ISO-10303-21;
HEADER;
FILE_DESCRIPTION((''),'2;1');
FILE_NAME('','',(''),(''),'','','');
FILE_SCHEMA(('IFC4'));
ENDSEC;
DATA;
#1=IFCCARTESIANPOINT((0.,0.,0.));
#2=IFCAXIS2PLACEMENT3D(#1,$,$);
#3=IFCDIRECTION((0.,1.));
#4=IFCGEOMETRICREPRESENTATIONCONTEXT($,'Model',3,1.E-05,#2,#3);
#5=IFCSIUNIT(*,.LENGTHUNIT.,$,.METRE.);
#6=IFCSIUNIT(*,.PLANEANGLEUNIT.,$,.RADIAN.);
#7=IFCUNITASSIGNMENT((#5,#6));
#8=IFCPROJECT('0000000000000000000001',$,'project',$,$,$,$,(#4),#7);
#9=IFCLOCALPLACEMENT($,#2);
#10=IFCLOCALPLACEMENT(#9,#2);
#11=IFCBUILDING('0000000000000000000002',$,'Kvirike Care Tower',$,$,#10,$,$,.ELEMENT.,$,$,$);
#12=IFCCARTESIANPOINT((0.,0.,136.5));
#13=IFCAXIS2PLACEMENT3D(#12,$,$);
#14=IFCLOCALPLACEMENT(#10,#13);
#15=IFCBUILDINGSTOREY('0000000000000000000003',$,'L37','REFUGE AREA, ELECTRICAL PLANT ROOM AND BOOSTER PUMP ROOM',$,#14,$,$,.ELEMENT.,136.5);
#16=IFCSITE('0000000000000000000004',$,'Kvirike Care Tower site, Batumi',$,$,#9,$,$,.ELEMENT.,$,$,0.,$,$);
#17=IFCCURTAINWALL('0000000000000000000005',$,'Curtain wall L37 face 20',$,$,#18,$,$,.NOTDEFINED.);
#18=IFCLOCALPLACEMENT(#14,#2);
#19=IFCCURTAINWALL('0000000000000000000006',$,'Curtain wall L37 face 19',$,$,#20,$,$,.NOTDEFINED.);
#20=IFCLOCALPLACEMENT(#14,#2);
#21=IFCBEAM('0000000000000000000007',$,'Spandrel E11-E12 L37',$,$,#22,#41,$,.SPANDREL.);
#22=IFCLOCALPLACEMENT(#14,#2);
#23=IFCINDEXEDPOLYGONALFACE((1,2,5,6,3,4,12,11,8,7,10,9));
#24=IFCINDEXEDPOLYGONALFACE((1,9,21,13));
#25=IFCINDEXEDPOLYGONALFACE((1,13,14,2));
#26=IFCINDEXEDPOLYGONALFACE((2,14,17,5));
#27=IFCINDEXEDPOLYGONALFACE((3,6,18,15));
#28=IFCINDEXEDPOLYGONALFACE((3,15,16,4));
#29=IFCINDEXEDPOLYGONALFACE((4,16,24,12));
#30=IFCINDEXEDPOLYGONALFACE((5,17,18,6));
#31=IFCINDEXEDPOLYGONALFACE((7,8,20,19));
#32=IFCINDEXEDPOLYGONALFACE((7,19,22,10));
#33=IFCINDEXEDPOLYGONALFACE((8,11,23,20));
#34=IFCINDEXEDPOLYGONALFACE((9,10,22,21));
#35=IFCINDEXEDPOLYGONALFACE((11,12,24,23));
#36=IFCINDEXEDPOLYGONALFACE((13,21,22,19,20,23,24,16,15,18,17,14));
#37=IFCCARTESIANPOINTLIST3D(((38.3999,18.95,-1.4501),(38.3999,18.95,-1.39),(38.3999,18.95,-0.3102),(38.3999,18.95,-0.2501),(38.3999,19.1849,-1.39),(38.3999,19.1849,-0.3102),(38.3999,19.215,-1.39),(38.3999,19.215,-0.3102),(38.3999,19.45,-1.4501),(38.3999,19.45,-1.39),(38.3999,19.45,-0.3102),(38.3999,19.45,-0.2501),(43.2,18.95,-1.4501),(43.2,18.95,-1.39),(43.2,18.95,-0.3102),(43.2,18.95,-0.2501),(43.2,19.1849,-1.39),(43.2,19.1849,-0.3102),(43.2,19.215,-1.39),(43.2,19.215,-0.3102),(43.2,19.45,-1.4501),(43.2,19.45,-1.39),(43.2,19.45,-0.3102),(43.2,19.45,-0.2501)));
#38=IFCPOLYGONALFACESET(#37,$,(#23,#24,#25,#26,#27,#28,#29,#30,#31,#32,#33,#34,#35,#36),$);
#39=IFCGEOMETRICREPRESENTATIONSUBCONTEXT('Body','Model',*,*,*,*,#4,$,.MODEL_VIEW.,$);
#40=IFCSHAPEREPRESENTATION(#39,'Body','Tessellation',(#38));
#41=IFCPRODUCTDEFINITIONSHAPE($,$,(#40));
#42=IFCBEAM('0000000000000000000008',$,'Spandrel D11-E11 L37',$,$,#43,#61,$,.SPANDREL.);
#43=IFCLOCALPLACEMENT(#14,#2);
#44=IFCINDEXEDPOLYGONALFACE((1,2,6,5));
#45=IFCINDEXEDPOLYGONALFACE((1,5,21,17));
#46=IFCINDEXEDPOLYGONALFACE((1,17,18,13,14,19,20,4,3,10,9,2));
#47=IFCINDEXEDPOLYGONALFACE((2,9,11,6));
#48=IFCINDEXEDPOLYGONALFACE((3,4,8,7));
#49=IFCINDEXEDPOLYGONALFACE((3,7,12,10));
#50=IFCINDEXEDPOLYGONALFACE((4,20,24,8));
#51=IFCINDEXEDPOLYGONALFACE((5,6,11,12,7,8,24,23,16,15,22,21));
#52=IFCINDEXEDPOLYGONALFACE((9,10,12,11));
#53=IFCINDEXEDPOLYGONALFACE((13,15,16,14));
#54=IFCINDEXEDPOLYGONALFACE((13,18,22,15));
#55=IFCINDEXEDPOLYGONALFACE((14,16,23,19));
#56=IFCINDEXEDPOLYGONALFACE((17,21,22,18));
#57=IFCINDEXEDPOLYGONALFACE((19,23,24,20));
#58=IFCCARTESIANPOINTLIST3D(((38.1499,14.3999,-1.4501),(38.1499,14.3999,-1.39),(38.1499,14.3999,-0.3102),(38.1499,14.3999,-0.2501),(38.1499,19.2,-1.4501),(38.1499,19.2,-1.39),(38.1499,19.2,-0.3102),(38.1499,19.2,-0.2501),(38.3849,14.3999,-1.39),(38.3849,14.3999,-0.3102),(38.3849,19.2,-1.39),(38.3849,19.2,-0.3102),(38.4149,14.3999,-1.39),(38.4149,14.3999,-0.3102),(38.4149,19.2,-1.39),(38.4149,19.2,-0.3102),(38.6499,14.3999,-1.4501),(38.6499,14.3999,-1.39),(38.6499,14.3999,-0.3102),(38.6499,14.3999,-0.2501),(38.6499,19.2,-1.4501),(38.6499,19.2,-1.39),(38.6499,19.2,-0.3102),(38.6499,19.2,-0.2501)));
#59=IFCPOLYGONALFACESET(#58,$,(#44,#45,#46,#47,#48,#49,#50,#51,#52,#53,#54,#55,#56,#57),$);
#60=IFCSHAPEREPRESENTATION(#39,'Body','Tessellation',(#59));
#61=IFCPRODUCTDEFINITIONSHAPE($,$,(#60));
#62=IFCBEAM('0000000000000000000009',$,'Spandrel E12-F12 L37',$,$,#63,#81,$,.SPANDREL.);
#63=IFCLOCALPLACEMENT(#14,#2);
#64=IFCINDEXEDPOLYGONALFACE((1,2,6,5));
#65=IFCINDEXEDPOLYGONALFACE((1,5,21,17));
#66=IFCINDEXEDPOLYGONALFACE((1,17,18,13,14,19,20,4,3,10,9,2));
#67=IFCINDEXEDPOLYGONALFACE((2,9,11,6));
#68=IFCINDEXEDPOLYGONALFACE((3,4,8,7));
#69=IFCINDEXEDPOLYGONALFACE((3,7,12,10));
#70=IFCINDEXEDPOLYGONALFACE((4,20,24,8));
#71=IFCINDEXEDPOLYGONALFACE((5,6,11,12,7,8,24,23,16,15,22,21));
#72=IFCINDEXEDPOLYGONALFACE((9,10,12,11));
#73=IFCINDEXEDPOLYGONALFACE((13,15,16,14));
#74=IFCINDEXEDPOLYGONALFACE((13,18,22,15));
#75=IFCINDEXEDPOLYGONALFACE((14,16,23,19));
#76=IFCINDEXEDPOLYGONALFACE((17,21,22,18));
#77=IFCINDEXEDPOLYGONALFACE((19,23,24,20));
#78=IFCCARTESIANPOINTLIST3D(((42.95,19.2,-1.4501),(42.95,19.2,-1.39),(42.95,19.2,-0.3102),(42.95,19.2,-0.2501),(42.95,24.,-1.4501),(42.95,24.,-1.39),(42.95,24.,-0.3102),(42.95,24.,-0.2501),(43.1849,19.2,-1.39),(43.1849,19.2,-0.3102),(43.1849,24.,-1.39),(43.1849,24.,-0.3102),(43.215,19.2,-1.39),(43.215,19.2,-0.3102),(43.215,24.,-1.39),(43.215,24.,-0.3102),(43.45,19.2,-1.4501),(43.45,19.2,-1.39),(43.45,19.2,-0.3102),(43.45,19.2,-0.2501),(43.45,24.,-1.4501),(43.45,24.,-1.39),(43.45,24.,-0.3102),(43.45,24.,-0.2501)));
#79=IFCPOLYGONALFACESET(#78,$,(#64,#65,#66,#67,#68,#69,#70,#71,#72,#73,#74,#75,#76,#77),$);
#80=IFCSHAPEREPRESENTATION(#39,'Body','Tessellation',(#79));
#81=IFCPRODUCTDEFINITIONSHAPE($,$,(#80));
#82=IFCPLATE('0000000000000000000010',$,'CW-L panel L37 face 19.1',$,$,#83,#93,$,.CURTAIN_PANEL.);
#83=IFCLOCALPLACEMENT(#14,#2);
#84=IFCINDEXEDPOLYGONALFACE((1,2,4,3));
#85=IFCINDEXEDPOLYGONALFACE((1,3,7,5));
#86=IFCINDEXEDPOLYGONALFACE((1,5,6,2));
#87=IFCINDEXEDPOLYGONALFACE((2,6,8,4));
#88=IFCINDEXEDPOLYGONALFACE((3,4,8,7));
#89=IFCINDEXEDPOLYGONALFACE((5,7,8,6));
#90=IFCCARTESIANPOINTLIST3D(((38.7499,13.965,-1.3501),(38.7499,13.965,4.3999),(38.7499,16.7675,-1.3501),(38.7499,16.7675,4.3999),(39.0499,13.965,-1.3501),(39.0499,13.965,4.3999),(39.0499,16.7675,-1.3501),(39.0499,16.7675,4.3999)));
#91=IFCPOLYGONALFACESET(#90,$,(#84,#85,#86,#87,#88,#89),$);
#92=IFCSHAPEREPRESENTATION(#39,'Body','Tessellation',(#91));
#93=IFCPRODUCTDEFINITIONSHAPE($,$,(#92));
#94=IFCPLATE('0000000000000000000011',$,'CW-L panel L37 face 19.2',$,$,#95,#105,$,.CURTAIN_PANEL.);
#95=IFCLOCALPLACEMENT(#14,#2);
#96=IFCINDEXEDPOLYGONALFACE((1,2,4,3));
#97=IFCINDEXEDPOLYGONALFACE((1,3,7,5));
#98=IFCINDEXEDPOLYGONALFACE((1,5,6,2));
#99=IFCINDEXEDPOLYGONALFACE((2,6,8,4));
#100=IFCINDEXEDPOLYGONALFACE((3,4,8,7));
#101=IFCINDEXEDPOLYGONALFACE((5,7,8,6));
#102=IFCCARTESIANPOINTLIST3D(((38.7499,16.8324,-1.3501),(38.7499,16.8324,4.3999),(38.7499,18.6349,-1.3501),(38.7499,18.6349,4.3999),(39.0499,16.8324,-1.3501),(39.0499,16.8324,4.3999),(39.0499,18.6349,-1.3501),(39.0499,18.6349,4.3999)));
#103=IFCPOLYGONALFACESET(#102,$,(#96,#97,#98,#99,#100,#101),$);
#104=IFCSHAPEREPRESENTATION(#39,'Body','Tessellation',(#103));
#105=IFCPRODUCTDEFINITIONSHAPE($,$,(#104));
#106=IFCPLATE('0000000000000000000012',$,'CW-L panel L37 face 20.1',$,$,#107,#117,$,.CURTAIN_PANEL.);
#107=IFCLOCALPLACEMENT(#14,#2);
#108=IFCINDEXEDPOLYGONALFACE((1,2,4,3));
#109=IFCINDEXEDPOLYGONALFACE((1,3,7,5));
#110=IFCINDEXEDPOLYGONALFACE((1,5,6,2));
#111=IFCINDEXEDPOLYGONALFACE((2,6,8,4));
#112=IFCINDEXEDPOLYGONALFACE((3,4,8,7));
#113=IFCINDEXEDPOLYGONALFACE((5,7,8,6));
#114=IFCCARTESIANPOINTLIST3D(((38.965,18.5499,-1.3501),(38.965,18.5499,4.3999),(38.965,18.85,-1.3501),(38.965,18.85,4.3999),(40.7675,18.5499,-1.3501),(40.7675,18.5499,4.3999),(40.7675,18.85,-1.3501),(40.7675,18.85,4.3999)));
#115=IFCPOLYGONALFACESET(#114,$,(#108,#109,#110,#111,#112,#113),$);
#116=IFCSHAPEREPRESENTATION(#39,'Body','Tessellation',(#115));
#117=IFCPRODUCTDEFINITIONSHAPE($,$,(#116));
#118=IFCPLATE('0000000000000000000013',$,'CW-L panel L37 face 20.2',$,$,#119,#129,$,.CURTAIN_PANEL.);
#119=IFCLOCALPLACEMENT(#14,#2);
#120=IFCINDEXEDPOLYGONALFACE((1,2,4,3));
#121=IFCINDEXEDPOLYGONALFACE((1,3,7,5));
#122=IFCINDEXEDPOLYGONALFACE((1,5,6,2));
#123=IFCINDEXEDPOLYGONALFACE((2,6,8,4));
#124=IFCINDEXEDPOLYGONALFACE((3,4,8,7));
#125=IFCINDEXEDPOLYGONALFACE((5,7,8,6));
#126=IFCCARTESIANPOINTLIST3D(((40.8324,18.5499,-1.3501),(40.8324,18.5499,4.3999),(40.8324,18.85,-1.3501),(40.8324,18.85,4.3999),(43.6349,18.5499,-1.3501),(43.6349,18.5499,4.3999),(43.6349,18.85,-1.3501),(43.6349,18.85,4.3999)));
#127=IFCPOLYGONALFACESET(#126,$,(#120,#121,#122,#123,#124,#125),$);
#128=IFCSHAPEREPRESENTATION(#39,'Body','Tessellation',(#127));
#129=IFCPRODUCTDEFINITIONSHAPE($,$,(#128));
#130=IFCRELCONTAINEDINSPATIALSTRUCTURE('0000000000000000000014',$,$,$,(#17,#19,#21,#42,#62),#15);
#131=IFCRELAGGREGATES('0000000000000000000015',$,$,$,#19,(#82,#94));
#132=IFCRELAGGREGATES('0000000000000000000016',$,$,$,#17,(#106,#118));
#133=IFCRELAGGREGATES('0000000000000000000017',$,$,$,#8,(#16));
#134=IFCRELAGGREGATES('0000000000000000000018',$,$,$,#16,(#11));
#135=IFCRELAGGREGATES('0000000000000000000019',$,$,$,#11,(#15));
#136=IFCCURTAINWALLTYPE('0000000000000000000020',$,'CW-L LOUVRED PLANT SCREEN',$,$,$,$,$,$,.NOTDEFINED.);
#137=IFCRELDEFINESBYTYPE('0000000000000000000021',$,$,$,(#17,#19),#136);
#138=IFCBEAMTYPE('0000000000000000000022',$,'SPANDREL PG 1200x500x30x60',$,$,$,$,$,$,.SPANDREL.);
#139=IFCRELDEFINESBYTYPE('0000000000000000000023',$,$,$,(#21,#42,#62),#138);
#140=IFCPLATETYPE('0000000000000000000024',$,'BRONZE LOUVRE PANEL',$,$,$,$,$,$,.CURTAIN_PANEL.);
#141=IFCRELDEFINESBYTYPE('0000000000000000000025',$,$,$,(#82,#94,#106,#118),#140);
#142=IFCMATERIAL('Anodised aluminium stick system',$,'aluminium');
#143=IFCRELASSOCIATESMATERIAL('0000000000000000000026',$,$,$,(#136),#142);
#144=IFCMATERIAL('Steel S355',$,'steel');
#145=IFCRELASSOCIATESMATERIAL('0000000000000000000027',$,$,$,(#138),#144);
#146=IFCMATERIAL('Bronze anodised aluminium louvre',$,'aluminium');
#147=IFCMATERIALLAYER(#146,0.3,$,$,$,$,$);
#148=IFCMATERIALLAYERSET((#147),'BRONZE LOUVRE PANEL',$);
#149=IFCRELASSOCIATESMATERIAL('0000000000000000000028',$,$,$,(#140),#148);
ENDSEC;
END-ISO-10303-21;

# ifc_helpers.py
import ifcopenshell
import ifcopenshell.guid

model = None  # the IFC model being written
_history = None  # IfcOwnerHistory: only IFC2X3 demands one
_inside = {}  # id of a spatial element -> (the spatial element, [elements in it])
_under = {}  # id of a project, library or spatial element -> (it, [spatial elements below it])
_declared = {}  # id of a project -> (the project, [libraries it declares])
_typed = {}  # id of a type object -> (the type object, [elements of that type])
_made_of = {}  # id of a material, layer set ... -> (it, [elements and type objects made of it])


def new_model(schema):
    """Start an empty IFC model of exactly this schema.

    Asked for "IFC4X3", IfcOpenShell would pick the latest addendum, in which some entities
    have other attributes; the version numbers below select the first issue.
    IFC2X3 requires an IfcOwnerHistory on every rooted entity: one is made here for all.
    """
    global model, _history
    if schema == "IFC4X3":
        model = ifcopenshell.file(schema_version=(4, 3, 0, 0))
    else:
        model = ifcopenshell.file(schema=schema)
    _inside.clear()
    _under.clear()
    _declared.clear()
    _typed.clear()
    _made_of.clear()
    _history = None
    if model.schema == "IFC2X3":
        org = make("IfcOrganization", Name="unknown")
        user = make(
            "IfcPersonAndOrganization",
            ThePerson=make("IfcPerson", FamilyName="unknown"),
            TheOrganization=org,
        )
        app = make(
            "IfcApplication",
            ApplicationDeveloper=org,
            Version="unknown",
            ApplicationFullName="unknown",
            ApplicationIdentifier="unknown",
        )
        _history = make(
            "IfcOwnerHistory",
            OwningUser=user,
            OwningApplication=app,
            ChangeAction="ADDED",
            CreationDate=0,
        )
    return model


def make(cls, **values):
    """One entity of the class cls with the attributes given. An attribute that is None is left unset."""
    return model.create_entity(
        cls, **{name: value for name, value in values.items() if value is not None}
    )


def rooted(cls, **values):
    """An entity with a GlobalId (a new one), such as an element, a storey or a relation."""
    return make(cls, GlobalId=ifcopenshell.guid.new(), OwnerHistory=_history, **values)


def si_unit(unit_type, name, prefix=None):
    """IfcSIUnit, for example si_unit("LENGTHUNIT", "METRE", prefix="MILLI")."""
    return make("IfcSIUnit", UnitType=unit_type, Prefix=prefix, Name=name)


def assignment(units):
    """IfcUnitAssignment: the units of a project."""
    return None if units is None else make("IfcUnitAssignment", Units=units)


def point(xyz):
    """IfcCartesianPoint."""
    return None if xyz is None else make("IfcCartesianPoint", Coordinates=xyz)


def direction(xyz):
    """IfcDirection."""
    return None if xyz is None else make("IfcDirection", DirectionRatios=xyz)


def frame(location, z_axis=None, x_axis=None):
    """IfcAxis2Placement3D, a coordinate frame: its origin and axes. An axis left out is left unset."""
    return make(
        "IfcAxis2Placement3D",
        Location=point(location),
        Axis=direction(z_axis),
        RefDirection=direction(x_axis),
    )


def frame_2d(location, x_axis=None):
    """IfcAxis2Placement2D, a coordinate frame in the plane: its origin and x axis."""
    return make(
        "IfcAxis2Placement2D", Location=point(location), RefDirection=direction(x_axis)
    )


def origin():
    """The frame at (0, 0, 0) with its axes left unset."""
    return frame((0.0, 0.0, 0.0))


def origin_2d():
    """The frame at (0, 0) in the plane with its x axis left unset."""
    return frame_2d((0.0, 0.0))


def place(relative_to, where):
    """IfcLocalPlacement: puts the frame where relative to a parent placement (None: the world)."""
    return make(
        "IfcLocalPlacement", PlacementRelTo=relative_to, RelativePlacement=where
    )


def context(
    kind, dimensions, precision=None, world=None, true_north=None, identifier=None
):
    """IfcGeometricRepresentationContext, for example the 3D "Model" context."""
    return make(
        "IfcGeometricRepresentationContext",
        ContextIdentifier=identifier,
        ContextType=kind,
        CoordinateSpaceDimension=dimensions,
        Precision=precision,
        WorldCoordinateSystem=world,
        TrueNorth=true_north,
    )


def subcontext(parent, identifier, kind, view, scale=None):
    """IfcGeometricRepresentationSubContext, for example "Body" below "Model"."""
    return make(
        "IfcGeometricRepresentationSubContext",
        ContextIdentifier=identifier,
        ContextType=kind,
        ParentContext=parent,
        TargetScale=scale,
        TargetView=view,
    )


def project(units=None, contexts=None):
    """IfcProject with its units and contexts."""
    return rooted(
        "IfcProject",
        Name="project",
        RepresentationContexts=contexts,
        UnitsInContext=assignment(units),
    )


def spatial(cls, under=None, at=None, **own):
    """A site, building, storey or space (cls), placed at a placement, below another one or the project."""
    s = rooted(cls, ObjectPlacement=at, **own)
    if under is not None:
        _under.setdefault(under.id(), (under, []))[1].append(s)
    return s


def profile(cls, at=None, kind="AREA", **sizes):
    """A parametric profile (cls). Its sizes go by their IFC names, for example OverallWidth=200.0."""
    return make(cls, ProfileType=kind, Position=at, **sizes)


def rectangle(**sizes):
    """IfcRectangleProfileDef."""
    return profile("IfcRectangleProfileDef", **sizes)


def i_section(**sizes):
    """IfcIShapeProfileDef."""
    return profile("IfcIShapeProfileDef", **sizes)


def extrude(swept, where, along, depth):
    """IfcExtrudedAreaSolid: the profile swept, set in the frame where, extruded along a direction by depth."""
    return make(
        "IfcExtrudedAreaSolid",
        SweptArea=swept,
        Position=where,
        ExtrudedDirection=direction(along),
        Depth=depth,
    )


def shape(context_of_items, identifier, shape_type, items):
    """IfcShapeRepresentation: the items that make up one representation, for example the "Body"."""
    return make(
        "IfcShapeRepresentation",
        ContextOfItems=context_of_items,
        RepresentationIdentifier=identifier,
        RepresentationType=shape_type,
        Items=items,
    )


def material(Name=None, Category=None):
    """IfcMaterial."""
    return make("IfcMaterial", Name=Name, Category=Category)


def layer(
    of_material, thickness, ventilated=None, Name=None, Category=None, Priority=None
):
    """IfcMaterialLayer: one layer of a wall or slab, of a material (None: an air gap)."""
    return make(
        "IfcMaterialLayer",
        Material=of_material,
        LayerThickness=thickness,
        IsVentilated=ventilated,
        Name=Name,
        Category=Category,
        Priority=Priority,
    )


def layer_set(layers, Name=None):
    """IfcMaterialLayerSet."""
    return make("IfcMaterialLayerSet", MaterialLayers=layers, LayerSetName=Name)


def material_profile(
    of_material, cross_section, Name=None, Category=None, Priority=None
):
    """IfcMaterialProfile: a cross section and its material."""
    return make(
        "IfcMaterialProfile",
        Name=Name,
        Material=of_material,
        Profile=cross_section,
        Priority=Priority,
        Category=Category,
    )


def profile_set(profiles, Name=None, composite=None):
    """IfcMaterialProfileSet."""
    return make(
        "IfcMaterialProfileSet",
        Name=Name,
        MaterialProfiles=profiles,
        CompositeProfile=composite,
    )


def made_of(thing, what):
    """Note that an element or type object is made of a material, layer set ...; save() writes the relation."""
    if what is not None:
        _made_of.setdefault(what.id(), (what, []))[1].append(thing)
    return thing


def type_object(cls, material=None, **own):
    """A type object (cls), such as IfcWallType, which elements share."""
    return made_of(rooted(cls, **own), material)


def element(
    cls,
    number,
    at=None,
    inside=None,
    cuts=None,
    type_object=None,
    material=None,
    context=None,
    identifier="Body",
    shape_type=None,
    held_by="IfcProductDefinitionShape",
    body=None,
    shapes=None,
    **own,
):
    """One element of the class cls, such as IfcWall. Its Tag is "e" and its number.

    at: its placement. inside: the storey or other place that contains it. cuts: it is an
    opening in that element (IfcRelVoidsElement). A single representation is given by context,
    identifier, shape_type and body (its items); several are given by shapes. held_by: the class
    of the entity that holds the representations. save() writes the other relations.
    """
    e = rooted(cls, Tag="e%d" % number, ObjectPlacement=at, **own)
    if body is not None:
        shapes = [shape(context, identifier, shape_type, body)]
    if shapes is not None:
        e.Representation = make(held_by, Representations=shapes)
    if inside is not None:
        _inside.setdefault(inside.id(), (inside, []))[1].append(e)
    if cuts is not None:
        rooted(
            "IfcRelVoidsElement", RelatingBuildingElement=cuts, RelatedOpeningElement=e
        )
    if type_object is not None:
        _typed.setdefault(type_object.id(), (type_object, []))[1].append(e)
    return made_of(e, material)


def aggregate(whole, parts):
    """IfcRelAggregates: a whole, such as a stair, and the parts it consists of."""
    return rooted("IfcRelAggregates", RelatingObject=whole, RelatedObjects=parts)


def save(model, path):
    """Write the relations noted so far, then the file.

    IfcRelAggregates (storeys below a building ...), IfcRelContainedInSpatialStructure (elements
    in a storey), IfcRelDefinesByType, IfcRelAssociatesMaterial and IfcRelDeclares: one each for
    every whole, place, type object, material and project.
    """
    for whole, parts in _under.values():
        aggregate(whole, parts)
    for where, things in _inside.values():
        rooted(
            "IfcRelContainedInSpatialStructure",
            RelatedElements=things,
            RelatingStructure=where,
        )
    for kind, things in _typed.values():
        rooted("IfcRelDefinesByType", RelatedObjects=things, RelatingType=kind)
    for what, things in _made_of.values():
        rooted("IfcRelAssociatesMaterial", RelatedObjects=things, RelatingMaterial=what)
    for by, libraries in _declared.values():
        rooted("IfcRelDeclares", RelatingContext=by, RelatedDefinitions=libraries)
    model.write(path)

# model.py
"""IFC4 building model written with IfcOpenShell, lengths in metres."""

from ifc_helpers import new_model, si_unit, direction, frame, origin, origin_2d, place, context, subcontext, project, spatial, rectangle, i_section, extrude, material, layer, layer_set, material_profile, profile_set, type_object, element, aggregate, save


model = new_model("IFC4")

# Units and contexts
model_context = context("Model", 3, precision=1e-05, world=origin(), true_north=direction((0.0, 1.0)))
body_context = subcontext(model_context, "Body", "Model", "MODEL_VIEW")
ifc_project = project(units=[si_unit("LENGTHUNIT", "METRE"), si_unit("PLANEANGLEUNIT", "RADIAN")], contexts=[model_context])

# Site, building, storey
site_placement = place(None, origin())
site = spatial("IfcSite", under=ifc_project, at=site_placement, Name="Kvirike Care Tower site, Batumi", CompositionType="ELEMENT", RefElevation=0.0)
building_placement = place(site_placement, origin())
building = spatial("IfcBuilding", under=site, at=building_placement, Name="Kvirike Care Tower", CompositionType="ELEMENT")
storey_placement = place(building_placement, frame((0.0, 0.0, 136.5)))
storey = spatial("IfcBuildingStorey", under=building, at=storey_placement, Name="L37", Description="REFUGE AREA, ELECTRICAL PLANT ROOM AND BOOSTER PUMP ROOM", CompositionType="ELEMENT", Elevation=136.5)

# Curtain wall
ifc_material_1 = material(Name="Anodised aluminium stick system", Category="aluminium")
curtain_wall_type = type_object("IfcCurtainWallType", Name="CW-L LOUVRED PLANT SCREEN", PredefinedType="NOTDEFINED", material=ifc_material_1)
curtain_wall_1_placement = place(storey_placement, origin())
curtain_wall_1 = element("IfcCurtainWall", 1, at=curtain_wall_1_placement, inside=storey, type_object=curtain_wall_type, Name="Curtain wall L37 face 20", PredefinedType="NOTDEFINED")

# Curtain wall
curtain_wall_2_placement = place(storey_placement, origin())
curtain_wall_2 = element("IfcCurtainWall", 2, at=curtain_wall_2_placement, inside=storey, type_object=curtain_wall_type, Name="Curtain wall L37 face 19", PredefinedType="NOTDEFINED")

# Beams
ifc_material_2 = material(Name="Steel S355", Category="steel")
ifc_material_profile_1 = material_profile(ifc_material_2, i_section(OverallWidth=0.5, OverallDepth=1.2, WebThickness=0.03, FlangeThickness=0.0601, at=origin_2d()), Name="PG 1200x500x30x60")
ifc_profile_set_1 = profile_set([ifc_material_profile_1], Name="Steel S355")
beam_type = type_object("IfcBeamType", Name="SPANDREL PG 1200x500x30x60", PredefinedType="SPANDREL", material=ifc_profile_set_1)
for number, where, z_axis, x_axis, name in (
    (3, (38.3999, 19.2, -0.8501), (1.0, 0.0, 0.0), (0.0, 1.0, 0.0), "Spandrel E11-E12 L37"),
    (4, (38.3999, 14.3999, -0.8501), (0.0, 1.0, 0.0), (-1.0, 0.0, 0.0), "Spandrel D11-E11 L37"),
    (5, (43.2, 19.2, -0.8501), (0.0, 1.0, 0.0), (-1.0, 0.0, 0.0), "Spandrel E12-F12 L37"),
):
    element("IfcBeam", number, at=place(storey_placement, frame(where, z_axis=z_axis, x_axis=x_axis)), inside=storey, type_object=beam_type, Name=name, PredefinedType="SPANDREL", context=body_context, shape_type="SweptSolid", body=[
        extrude(i_section(OverallWidth=0.5, OverallDepth=1.2, WebThickness=0.03, FlangeThickness=0.0601, at=origin_2d()), origin(), (0.0, 0.0, 1.0), 4.8),
    ])

# Plates
ifc_material_3 = material(Name="Bronze anodised aluminium louvre", Category="aluminium")
ifc_layer = layer(ifc_material_3, 0.3)
ifc_layer_set = layer_set([ifc_layer], Name="BRONZE LOUVRE PANEL")
plate_type = type_object("IfcPlateType", Name="BRONZE LOUVRE PANEL", PredefinedType="CURTAIN_PANEL", material=ifc_layer_set)
plate_1_placement = place(storey_placement, frame((38.8999, 15.3662, -1.3501), z_axis=(0.0, 0.0, 1.0), x_axis=(0.0, 1.0, 0.0)))
plate_1 = element("IfcPlate", 6, at=plate_1_placement, type_object=plate_type, Name="CW-L panel L37 face 19.1", PredefinedType="CURTAIN_PANEL", context=body_context, shape_type="SweptSolid", body=[
    extrude(rectangle(XDim=2.8025, YDim=0.3, at=origin_2d()), origin(), (0.0, 0.0, 1.0), 5.75),
])
plate_2_placement = place(storey_placement, frame((38.8999, 17.7336, -1.3501), z_axis=(0.0, 0.0, 1.0), x_axis=(0.0, 1.0, 0.0)))
plate_2 = element("IfcPlate", 7, at=plate_2_placement, type_object=plate_type, Name="CW-L panel L37 face 19.2", PredefinedType="CURTAIN_PANEL", context=body_context, shape_type="SweptSolid", body=[
    extrude(rectangle(XDim=1.8025, YDim=0.3, at=origin_2d()), origin(), (0.0, 0.0, 1.0), 5.75),
])
aggregate(curtain_wall_2, [plate_1, plate_2])
plate_3_placement = place(storey_placement, frame((39.8662, 18.7, -1.3501), z_axis=(0.0, 0.0, 1.0), x_axis=(1.0, 0.0, 0.0)))
plate_3 = element("IfcPlate", 8, at=plate_3_placement, type_object=plate_type, Name="CW-L panel L37 face 20.1", PredefinedType="CURTAIN_PANEL", context=body_context, shape_type="SweptSolid", body=[
    extrude(rectangle(XDim=1.8025, YDim=0.3, at=origin_2d()), origin(), (0.0, 0.0, 1.0), 5.75),
])
plate_4_placement = place(storey_placement, frame((42.2336, 18.7, -1.3501), z_axis=(0.0, 0.0, 1.0), x_axis=(1.0, 0.0, 0.0)))
plate_4 = element("IfcPlate", 9, at=plate_4_placement, type_object=plate_type, Name="CW-L panel L37 face 20.2", PredefinedType="CURTAIN_PANEL", context=body_context, shape_type="SweptSolid", body=[
    extrude(rectangle(XDim=2.8025, YDim=0.3, at=origin_2d()), origin(), (0.0, 0.0, 1.0), 5.75),
])
aggregate(curtain_wall_1, [plate_3, plate_4])

save(model, "model.ifc")
